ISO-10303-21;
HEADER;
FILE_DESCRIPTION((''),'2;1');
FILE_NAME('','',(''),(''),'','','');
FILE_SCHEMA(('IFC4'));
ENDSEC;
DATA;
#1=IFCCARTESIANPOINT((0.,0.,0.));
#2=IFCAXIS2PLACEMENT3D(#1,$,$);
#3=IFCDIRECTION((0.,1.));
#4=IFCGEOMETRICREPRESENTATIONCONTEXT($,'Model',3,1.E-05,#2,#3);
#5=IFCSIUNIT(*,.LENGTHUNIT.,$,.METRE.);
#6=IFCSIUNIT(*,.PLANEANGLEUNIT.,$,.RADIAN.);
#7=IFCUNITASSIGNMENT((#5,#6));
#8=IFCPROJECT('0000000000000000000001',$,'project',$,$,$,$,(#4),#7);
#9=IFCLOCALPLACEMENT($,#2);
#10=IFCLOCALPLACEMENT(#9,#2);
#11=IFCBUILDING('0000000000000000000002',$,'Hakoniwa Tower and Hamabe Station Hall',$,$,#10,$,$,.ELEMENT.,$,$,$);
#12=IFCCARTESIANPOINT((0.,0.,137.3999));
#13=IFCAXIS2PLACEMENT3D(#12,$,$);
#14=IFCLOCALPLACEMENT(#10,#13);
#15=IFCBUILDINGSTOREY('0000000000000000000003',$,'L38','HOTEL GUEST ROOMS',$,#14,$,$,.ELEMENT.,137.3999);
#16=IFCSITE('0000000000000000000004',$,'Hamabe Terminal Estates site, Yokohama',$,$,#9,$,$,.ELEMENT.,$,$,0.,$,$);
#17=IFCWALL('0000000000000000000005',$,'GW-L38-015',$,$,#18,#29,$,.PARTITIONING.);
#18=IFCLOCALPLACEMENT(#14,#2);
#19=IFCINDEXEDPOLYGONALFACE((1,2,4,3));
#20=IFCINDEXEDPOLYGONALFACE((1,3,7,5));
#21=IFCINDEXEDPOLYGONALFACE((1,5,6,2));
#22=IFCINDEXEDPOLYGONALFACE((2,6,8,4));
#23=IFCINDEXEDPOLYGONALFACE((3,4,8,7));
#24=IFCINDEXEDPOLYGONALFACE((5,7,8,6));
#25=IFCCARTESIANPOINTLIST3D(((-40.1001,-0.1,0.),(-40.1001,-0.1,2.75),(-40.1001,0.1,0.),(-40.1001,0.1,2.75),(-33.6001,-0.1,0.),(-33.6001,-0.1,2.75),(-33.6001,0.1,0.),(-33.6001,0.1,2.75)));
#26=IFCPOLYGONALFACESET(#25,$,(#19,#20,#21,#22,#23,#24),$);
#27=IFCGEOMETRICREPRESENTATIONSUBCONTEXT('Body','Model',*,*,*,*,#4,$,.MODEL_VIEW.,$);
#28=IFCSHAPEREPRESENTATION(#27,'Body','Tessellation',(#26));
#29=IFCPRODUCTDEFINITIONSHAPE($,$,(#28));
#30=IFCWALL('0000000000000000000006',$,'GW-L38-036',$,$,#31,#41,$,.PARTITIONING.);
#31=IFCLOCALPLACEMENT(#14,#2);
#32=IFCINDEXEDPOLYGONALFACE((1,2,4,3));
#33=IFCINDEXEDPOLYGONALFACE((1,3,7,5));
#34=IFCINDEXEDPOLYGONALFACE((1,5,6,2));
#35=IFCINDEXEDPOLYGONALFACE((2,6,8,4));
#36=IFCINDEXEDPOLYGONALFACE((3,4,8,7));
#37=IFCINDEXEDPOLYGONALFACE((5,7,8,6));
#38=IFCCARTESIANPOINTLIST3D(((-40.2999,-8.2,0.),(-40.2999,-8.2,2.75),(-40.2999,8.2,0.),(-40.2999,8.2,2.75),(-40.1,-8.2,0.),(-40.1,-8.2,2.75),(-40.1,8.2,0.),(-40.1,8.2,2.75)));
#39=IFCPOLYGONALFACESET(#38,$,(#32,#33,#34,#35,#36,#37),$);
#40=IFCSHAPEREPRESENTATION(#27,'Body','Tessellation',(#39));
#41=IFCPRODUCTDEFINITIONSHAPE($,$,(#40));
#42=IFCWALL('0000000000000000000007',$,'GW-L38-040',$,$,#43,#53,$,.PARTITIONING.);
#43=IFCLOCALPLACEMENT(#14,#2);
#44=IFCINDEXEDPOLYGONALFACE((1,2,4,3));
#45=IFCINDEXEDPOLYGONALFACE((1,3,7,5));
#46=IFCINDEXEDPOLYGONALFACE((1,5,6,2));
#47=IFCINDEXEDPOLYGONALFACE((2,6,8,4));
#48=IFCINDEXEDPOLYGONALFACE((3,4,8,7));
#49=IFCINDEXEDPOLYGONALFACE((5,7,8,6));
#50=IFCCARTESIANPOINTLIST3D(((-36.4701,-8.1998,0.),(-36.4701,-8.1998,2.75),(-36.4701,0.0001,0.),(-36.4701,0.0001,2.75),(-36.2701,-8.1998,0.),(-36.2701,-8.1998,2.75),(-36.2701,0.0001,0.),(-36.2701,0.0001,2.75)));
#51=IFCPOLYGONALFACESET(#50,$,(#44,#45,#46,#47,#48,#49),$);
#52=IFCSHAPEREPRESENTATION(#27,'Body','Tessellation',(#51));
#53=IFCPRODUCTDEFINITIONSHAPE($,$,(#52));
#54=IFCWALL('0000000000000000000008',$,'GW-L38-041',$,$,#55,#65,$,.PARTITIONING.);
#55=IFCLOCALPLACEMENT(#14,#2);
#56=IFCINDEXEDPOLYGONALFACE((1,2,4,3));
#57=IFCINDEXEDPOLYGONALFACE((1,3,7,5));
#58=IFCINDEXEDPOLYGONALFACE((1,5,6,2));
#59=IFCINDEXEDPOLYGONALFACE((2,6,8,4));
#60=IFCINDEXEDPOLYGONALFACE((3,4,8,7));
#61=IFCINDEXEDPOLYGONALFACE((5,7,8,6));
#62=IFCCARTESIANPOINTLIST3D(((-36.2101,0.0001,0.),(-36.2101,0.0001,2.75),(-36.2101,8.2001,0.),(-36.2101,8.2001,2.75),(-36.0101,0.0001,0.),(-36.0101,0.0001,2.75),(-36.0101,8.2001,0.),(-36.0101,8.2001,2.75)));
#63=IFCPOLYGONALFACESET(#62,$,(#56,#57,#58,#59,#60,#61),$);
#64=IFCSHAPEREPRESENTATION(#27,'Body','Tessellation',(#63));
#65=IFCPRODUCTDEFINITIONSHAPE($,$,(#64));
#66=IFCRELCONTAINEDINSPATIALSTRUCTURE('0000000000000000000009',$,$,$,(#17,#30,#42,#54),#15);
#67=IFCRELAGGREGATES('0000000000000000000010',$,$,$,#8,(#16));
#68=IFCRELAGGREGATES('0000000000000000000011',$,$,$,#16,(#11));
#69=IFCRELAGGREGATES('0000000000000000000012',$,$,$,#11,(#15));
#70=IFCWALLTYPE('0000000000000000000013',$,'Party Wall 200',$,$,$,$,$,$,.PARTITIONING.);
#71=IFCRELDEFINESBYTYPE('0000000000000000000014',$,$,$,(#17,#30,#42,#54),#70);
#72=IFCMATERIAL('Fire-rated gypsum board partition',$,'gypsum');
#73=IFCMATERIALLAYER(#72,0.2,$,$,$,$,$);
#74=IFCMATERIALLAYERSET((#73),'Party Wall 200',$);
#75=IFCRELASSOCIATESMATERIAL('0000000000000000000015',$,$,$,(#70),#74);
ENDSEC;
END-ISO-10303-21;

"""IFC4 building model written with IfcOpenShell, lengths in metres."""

from ifc_helpers import new_model, si_unit, direction, frame, frame_2d, origin, place, context, subcontext, project, spatial, rectangle, extrude, material, layer, layer_set, type_object, element, save


model = new_model("IFC4")

# Units and contexts
model_context = context("Model", 3, precision=1e-05, world=origin(), true_north=direction((0.0, 1.0)))
body_context = subcontext(model_context, "Body", "Model", "MODEL_VIEW")
ifc_project = project(units=[si_unit("LENGTHUNIT", "METRE"), si_unit("PLANEANGLEUNIT", "RADIAN")], contexts=[model_context])

# Site, building, storey
site_placement = place(None, origin())
site = spatial("IfcSite", under=ifc_project, at=site_placement, Name="Hamabe Terminal Estates site, Yokohama", CompositionType="ELEMENT", RefElevation=0.0)
building_placement = place(site_placement, origin())
building = spatial("IfcBuilding", under=site, at=building_placement, Name="Hakoniwa Tower and Hamabe Station Hall", CompositionType="ELEMENT")
storey_placement = place(building_placement, frame((0.0, 0.0, 137.3999)))
storey = spatial("IfcBuildingStorey", under=building, at=storey_placement, Name="L38", Description="HOTEL GUEST ROOMS", CompositionType="ELEMENT", Elevation=137.3999)

# Walls
ifc_material_1 = material(Name="Fire-rated gypsum board partition", Category="gypsum")
ifc_layer_1 = layer(ifc_material_1, 0.2)
ifc_layer_set_1 = layer_set([ifc_layer_1], Name="Party Wall 200")
wall_type_1 = type_object("IfcWallType", Name="Party Wall 200", PredefinedType="PARTITIONING", material=ifc_layer_set_1)
wall_1_placement = place(storey_placement, frame((-40.1001, 0.0, 0.0), z_axis=(0.0, 0.0, 1.0), x_axis=(1.0, 0.0, 0.0)))
element("IfcWall", 1, at=wall_1_placement, inside=storey, type_object=wall_type_1, Name="GW-L38-015", PredefinedType="PARTITIONING", context=body_context, shape_type="SweptSolid", body=[
    extrude(rectangle(XDim=6.5, YDim=0.2, at=frame_2d((3.25, 0.0))), origin(), (0.0, 0.0, 1.0), 2.75),
])
wall_2_placement = place(storey_placement, frame((-40.2, -8.2, 0.0), z_axis=(0.0, 0.0, 1.0), x_axis=(0.0, 1.0, 0.0)))
element("IfcWall", 2, at=wall_2_placement, inside=storey, type_object=wall_type_1, Name="GW-L38-036", PredefinedType="PARTITIONING", context=body_context, shape_type="SweptSolid", body=[
    extrude(rectangle(XDim=16.3999, YDim=0.2, at=frame_2d((8.2, 0.0))), origin(), (0.0, 0.0, 1.0), 2.75),
])
for number, where, z_axis, x_axis, name in (
    (3, (-36.3701, -8.2, 0.0), (0.0, 0.0, 1.0), (0.0, 1.0, 0.0), "GW-L38-040"),
    (4, (-36.1101, 0.0, 0.0), (0.0, 0.0, 1.0), (0.0, 1.0, 0.0), "GW-L38-041"),
):
    element("IfcWall", number, at=place(storey_placement, frame(where, z_axis=z_axis, x_axis=x_axis)), inside=storey, type_object=wall_type_1, Name=name, PredefinedType="PARTITIONING", context=body_context, shape_type="SweptSolid", body=[
        extrude(rectangle(XDim=8.2, YDim=0.2, at=frame_2d((4.1001, 0.0))), origin(), (0.0, 0.0, 1.0), 2.75),
    ])

save(model, "model.ifc")
